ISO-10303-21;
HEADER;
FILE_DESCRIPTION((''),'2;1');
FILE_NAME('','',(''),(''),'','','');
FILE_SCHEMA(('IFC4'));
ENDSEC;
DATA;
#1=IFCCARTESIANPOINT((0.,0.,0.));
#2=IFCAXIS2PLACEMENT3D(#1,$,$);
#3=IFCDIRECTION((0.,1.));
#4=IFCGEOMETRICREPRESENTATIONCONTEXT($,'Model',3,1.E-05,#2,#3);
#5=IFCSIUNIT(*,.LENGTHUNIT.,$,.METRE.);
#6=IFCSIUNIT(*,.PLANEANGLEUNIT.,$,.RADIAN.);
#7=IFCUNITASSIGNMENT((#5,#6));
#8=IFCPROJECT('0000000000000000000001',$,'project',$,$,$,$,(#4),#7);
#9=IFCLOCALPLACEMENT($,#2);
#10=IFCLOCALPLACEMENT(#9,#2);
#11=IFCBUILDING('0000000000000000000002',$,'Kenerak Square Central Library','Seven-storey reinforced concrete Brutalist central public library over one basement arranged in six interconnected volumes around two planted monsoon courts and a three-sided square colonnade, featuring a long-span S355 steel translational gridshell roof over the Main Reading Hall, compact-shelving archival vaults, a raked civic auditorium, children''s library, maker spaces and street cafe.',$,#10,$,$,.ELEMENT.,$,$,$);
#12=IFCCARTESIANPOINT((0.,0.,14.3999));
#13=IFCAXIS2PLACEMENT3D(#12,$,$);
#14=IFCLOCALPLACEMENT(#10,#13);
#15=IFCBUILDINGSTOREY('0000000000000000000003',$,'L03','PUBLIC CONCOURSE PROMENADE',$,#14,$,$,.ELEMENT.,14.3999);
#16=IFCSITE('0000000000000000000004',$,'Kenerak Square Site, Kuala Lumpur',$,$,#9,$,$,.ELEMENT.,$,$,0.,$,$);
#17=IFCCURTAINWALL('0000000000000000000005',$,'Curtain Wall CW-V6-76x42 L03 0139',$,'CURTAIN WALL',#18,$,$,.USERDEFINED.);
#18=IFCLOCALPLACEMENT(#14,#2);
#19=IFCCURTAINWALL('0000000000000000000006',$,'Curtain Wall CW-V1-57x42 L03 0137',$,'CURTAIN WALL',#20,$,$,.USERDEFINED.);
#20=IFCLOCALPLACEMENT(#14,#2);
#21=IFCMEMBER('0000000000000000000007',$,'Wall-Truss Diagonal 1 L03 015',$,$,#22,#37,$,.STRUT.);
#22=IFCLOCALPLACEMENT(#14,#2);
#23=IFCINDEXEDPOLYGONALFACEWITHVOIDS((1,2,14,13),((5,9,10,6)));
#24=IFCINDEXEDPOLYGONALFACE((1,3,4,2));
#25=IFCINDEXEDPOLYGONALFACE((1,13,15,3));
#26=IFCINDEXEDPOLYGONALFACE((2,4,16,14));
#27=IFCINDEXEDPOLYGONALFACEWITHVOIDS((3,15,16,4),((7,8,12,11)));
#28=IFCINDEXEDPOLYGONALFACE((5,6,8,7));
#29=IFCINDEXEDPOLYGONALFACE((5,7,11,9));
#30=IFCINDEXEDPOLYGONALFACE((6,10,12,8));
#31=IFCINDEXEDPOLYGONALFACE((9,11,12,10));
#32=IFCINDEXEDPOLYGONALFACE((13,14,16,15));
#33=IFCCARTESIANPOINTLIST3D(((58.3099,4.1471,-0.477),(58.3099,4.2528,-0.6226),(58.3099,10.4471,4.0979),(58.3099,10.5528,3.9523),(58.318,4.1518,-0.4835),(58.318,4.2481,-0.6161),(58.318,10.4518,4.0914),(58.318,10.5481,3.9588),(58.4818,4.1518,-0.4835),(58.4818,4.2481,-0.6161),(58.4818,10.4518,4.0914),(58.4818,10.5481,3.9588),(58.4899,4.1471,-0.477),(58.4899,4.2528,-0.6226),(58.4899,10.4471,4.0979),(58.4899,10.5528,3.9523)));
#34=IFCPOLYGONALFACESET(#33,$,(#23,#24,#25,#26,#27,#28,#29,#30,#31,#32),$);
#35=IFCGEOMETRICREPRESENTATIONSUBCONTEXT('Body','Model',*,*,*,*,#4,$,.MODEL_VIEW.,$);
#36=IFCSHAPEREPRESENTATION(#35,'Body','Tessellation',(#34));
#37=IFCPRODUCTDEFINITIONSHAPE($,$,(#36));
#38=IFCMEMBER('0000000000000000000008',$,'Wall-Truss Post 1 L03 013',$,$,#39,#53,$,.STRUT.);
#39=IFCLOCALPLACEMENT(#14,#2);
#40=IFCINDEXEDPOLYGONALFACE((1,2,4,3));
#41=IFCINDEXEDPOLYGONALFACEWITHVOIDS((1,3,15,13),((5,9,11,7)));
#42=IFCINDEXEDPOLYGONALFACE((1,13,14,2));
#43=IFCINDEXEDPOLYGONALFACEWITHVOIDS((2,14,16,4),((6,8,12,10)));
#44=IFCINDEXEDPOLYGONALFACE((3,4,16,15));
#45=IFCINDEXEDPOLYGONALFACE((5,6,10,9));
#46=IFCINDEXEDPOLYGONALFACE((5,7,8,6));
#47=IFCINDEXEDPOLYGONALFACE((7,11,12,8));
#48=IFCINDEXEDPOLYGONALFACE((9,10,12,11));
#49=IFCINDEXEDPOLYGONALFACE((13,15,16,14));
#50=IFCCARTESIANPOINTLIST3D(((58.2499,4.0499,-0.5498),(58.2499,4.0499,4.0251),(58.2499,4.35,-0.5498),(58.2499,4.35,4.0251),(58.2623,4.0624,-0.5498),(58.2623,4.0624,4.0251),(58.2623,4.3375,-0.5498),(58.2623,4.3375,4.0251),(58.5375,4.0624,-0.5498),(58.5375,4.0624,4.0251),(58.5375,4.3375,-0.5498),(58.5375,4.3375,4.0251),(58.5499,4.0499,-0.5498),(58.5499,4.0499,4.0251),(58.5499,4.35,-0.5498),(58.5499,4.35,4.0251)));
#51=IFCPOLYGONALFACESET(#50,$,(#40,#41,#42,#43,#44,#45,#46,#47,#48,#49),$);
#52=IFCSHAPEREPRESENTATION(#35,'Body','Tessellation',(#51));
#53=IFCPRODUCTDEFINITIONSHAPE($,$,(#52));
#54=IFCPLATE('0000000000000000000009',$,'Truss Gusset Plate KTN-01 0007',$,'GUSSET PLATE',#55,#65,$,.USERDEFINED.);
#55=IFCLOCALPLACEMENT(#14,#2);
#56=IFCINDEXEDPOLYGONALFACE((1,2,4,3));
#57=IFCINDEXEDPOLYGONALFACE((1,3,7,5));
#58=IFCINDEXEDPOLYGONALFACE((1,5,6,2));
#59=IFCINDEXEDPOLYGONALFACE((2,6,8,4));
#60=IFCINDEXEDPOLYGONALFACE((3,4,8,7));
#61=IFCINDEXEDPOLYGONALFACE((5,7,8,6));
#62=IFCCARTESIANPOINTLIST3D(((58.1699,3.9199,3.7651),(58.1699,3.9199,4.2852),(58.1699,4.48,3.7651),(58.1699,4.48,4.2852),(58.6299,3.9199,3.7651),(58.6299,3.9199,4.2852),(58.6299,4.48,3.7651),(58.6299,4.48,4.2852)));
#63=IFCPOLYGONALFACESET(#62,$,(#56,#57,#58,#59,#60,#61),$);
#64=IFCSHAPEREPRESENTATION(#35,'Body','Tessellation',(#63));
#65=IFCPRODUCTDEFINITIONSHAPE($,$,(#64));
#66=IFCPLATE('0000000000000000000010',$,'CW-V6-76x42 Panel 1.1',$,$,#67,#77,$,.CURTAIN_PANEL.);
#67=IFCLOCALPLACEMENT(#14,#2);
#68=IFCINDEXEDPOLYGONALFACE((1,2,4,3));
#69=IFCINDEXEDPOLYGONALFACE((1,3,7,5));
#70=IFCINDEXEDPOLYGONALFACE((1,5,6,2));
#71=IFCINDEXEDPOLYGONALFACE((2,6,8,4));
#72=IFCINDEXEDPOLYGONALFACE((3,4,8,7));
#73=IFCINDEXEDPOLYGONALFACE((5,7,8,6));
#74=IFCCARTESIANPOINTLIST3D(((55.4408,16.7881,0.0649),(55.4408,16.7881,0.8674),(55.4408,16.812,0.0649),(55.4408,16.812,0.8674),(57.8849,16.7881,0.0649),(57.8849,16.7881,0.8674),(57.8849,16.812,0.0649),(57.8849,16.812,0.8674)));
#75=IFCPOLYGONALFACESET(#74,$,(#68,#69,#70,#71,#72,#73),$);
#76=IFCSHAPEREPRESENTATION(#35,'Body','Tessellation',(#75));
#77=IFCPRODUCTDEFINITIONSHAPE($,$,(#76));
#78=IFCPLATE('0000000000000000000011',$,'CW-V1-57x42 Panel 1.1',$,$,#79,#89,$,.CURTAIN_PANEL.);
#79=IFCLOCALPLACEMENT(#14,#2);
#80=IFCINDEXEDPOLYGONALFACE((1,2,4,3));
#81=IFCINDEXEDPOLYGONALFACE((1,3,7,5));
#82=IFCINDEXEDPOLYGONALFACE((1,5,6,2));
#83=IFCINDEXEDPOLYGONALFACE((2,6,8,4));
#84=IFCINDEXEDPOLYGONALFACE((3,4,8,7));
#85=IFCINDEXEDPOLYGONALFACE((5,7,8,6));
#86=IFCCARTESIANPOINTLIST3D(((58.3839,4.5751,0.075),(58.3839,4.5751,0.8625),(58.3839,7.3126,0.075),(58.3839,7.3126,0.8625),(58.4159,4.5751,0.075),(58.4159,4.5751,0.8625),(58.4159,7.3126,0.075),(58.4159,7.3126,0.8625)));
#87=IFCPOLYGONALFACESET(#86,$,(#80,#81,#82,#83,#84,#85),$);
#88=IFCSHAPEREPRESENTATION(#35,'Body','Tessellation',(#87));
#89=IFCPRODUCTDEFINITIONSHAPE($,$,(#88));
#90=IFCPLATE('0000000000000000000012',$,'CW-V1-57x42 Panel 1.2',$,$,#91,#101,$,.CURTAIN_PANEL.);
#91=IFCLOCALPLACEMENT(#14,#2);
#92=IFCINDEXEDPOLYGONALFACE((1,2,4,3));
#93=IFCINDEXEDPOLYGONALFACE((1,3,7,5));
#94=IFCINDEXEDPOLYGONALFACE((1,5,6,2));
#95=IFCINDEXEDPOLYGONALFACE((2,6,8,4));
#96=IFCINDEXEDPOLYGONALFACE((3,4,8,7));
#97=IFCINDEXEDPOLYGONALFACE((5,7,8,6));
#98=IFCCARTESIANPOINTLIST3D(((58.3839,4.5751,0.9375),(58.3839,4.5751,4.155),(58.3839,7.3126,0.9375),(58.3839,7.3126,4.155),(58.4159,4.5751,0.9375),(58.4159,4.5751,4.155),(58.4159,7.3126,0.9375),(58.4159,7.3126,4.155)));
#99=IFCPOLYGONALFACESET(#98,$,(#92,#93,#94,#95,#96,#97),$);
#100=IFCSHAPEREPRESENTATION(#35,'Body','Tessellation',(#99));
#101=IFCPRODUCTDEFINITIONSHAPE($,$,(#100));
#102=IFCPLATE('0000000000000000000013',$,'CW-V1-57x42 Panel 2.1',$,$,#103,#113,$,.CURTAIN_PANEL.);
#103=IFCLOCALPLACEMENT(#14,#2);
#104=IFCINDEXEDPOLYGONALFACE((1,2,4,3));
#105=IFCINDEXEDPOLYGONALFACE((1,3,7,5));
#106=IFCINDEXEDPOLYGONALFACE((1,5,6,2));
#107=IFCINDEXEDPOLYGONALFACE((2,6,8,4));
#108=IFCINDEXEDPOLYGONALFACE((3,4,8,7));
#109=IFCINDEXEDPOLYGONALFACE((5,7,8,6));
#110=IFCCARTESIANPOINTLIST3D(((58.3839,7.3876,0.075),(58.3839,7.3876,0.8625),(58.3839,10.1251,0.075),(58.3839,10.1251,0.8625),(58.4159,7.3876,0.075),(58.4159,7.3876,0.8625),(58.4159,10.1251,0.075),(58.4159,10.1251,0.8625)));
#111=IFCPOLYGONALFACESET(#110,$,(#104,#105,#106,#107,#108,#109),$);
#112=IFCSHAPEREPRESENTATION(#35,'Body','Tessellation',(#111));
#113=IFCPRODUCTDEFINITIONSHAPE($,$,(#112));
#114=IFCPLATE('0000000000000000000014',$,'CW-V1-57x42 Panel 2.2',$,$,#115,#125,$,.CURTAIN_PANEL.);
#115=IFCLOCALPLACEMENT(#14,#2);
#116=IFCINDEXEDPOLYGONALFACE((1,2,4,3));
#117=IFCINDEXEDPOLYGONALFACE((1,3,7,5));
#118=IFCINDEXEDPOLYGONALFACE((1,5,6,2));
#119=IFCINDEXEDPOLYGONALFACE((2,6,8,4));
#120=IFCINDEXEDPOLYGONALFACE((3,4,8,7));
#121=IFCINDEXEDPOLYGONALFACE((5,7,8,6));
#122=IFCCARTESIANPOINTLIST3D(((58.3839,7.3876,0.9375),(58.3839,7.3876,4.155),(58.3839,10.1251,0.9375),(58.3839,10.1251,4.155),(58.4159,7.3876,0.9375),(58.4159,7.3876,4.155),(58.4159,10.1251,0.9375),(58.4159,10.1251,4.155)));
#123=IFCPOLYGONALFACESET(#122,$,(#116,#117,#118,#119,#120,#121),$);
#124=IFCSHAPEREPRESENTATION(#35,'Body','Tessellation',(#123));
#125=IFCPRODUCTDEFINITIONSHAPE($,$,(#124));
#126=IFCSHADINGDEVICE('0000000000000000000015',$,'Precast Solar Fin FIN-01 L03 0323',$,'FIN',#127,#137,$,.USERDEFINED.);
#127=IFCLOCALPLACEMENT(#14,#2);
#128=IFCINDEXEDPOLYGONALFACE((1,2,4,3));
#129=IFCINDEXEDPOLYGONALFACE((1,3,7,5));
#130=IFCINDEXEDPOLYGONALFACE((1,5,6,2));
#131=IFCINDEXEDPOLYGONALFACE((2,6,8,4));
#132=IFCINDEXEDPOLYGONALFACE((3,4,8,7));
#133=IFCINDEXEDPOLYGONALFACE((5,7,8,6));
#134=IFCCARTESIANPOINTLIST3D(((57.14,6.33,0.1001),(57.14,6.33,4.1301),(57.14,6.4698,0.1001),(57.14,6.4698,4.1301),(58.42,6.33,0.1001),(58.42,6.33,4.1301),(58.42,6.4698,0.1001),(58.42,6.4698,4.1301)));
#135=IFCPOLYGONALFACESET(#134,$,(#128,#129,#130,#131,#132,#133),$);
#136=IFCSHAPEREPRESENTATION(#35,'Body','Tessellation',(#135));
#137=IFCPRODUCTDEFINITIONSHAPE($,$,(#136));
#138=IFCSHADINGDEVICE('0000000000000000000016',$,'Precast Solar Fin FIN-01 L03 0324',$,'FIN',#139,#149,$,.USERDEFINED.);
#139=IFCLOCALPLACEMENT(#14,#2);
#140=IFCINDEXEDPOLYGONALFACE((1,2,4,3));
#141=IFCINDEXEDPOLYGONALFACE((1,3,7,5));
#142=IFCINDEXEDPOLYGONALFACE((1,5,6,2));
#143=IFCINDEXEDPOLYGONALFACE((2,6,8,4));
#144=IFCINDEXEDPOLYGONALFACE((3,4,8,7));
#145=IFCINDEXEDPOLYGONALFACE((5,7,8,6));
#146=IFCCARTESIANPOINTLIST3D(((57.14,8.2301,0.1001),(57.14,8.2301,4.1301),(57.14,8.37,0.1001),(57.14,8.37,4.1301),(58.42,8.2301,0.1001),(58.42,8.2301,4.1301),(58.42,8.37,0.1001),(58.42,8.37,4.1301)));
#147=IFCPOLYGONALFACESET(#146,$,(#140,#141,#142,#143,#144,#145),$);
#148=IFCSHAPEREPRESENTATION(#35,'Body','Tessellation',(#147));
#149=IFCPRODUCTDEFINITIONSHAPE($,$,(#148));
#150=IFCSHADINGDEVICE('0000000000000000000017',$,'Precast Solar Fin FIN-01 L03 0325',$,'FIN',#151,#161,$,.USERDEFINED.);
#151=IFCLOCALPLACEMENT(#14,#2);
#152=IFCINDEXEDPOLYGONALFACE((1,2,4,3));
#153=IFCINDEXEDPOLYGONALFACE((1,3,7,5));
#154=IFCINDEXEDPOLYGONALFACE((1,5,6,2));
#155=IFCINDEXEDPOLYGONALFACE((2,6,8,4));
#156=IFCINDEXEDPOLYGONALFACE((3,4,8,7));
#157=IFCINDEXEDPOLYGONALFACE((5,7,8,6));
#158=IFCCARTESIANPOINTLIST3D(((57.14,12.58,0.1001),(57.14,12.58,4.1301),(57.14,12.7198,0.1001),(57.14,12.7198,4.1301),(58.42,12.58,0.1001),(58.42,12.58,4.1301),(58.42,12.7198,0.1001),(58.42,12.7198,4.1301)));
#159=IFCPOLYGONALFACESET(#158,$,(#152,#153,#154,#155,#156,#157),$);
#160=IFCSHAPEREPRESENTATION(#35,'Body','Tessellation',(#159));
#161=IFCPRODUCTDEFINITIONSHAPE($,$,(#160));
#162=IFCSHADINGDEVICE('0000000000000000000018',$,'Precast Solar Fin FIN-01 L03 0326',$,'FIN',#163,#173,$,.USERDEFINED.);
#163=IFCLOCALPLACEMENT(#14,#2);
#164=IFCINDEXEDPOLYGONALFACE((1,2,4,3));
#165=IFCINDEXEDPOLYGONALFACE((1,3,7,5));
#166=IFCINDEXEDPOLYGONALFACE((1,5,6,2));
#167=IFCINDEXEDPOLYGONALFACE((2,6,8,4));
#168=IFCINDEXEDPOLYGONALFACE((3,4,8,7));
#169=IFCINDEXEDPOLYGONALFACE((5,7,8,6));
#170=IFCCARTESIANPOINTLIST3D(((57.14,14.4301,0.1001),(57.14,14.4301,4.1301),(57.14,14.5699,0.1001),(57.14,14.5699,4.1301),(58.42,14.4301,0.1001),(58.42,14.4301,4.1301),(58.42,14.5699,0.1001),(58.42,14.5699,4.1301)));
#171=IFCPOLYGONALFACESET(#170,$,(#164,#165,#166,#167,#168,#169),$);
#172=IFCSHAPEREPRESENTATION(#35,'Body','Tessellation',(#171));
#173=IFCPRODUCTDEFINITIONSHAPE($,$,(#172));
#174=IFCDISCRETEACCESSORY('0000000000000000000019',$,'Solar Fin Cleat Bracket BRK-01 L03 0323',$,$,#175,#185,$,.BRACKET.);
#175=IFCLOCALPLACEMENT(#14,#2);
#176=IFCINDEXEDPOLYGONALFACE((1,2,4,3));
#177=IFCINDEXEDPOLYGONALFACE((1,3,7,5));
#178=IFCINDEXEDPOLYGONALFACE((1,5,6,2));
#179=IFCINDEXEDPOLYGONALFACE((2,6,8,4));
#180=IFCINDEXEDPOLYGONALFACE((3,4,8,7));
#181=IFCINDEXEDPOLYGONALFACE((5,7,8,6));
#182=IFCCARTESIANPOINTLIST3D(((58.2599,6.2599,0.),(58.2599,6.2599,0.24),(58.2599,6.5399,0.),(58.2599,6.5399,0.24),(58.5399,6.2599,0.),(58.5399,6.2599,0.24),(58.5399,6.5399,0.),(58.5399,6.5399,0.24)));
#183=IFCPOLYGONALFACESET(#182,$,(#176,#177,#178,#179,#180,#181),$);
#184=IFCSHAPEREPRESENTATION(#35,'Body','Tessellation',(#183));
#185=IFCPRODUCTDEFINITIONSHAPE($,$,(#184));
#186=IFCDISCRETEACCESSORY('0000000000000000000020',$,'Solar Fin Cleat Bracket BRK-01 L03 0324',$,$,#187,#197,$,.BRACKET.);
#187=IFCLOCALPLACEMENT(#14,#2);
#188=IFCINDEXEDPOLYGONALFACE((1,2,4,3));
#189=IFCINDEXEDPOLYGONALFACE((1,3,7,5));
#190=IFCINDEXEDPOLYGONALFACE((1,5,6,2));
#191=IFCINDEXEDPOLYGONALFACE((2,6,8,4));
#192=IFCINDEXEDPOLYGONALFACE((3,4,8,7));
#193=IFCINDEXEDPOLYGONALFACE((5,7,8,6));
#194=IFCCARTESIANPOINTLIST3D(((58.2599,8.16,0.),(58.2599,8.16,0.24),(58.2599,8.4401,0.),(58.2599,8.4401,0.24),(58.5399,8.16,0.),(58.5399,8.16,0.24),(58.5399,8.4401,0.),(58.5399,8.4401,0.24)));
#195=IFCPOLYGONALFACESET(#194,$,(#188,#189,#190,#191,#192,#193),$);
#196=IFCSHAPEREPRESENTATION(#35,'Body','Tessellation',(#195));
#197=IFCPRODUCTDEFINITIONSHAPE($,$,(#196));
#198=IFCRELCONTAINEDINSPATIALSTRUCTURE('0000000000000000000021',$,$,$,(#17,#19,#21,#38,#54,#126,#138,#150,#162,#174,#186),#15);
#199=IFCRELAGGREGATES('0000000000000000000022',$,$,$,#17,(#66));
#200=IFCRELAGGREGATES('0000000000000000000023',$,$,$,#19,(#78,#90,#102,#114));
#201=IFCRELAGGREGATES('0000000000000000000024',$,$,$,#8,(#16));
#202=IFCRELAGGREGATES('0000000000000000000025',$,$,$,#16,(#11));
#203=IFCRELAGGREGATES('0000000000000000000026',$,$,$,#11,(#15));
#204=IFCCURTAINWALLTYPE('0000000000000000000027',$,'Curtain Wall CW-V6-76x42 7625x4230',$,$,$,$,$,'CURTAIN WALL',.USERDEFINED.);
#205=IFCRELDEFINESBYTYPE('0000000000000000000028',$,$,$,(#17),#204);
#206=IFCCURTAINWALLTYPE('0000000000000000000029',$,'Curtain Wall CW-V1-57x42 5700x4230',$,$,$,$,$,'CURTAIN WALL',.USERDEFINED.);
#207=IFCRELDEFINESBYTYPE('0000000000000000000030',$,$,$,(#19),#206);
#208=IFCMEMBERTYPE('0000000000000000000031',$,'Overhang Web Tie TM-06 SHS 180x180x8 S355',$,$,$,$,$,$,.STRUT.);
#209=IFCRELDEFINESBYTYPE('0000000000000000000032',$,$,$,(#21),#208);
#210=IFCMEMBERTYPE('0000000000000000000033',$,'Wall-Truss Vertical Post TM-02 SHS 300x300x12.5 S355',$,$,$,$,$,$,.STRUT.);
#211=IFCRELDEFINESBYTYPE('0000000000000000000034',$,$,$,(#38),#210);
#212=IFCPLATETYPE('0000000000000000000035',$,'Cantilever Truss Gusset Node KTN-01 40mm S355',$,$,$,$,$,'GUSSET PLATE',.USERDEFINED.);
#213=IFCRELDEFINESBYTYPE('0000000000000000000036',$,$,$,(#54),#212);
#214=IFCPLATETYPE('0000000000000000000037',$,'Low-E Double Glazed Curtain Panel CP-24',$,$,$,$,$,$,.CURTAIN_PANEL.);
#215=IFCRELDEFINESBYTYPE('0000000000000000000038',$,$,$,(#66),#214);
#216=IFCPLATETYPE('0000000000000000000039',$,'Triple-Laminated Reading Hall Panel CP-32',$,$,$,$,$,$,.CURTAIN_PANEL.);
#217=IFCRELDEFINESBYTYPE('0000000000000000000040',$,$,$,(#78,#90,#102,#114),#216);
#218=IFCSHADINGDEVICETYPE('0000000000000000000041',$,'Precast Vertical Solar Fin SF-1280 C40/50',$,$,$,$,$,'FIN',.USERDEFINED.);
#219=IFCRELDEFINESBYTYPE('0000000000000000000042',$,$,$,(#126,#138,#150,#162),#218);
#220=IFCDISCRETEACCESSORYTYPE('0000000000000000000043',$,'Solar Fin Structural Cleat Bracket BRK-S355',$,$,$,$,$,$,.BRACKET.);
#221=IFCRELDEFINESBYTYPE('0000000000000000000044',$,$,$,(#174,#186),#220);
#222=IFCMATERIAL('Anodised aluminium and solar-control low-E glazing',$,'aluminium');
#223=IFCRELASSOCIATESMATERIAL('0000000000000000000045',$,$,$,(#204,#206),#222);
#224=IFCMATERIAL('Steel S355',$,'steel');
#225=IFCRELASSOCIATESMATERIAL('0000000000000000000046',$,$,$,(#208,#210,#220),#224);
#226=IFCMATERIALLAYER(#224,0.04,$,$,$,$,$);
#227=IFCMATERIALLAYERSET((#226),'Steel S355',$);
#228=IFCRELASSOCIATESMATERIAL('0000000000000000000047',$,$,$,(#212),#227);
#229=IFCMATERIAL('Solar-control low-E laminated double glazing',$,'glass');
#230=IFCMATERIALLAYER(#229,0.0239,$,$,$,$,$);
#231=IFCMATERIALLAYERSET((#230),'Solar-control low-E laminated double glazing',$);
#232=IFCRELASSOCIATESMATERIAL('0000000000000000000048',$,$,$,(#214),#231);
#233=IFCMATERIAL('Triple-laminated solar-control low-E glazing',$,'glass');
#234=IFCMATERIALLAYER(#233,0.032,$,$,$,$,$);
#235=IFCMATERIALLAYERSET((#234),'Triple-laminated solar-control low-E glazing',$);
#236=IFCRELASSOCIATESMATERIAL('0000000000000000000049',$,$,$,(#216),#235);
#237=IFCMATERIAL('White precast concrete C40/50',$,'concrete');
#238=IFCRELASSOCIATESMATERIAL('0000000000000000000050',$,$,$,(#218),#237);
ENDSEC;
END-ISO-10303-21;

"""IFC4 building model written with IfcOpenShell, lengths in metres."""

from ifc_helpers import new_model, si_unit, direction, frame, origin, origin_2d, place, context, subcontext, project, spatial, rectangle, hollow_rectangle, extrude, material, layer, layer_set, material_profile, profile_set, type_object, element, aggregate, save


model = new_model("IFC4")

# Units and contexts
model_context = context("Model", 3, precision=1e-05, world=origin(), true_north=direction((0.0, 1.0)))
body_context = subcontext(model_context, "Body", "Model", "MODEL_VIEW")
ifc_project = project(units=[si_unit("LENGTHUNIT", "METRE"), si_unit("PLANEANGLEUNIT", "RADIAN")], contexts=[model_context])

# Site, building, storey
site_placement = place(None, origin())
site = spatial("IfcSite", under=ifc_project, at=site_placement, Name="Kenerak Square Site, Kuala Lumpur", CompositionType="ELEMENT", RefElevation=0.0)
building_placement = place(site_placement, origin())
building = spatial("IfcBuilding", under=site, at=building_placement, Name="Kenerak Square Central Library", Description="Seven-storey reinforced concrete Brutalist central public library over one basement arranged in six interconnected volumes around two planted monsoon courts and a three-sided square colonnade, featuring a long-span S355 steel translational gridshell roof over the Main Reading Hall, compact-shelving archival vaults, a raked civic auditorium, children's library, maker spaces and street cafe.", CompositionType="ELEMENT")
storey_placement = place(building_placement, frame((0.0, 0.0, 14.3999)))
storey = spatial("IfcBuildingStorey", under=building, at=storey_placement, Name="L03", Description="PUBLIC CONCOURSE PROMENADE", CompositionType="ELEMENT", Elevation=14.3999)

# Shared definitions
ifc_material_1 = material(Name="Steel S355", Category="steel")

# Curtain wall
ifc_material_2 = material(Name="Anodised aluminium and solar-control low-E glazing", Category="aluminium")
curtain_wall_type_1 = type_object("IfcCurtainWallType", Name="Curtain Wall CW-V6-76x42 7625x4230", ElementType="CURTAIN WALL", PredefinedType="USERDEFINED", material=ifc_material_2)
curtain_wall_1_placement = place(storey_placement, origin())
curtain_wall_1 = element("IfcCurtainWall", 1, at=curtain_wall_1_placement, inside=storey, type_object=curtain_wall_type_1, Name="Curtain Wall CW-V6-76x42 L03 0139", ObjectType="CURTAIN WALL", PredefinedType="USERDEFINED")

# Curtain wall
curtain_wall_type_2 = type_object("IfcCurtainWallType", Name="Curtain Wall CW-V1-57x42 5700x4230", ElementType="CURTAIN WALL", PredefinedType="USERDEFINED", material=ifc_material_2)
curtain_wall_2_placement = place(storey_placement, origin())
curtain_wall_2 = element("IfcCurtainWall", 2, at=curtain_wall_2_placement, inside=storey, type_object=curtain_wall_type_2, Name="Curtain Wall CW-V1-57x42 L03 0137", ObjectType="CURTAIN WALL", PredefinedType="USERDEFINED")

# Members
ifc_material_profile_1 = material_profile(ifc_material_1, hollow_rectangle(XDim=0.1799, YDim=0.1799, WallThickness=0.0081, at=origin_2d()), Name="SHS 180x180x8.0")
ifc_profile_set_1 = profile_set([ifc_material_profile_1], Name="Steel S355")
member_type_1 = type_object("IfcMemberType", Name="Overhang Web Tie TM-06 SHS 180x180x8 S355", PredefinedType="STRUT", material=ifc_profile_set_1)
member_1_placement = place(storey_placement, frame((58.3999, 4.2, -0.5498), z_axis=(0.0, 0.809158, 0.587592), x_axis=(-1.0, 0.0, 0.0)))
element("IfcMember", 3, at=member_1_placement, inside=storey, type_object=member_type_1, Name="Wall-Truss Diagonal 1 L03 015", PredefinedType="STRUT", context=body_context, shape_type="SweptSolid", body=[
    extrude(hollow_rectangle(XDim=0.1799, YDim=0.1799, WallThickness=0.0081, at=origin_2d()), origin(), (0.0, 0.0, 1.0), 7.7859),
])
ifc_material_profile_2 = material_profile(ifc_material_1, hollow_rectangle(XDim=0.3, YDim=0.3, WallThickness=0.0125, at=origin_2d()), Name="SHS 300x300x12.5")
ifc_profile_set_2 = profile_set([ifc_material_profile_2], Name="Steel S355")
member_type_2 = type_object("IfcMemberType", Name="Wall-Truss Vertical Post TM-02 SHS 300x300x12.5 S355", PredefinedType="STRUT", material=ifc_profile_set_2)
member_2_placement = place(storey_placement, frame((58.3999, 4.2, -0.5498), z_axis=(0.0, 0.0, 1.0), x_axis=(1.0, 0.0, 0.0)))
element("IfcMember", 4, at=member_2_placement, inside=storey, type_object=member_type_2, Name="Wall-Truss Post 1 L03 013", PredefinedType="STRUT", context=body_context, shape_type="SweptSolid", body=[
    extrude(hollow_rectangle(XDim=0.3, YDim=0.3, WallThickness=0.0125, at=origin_2d()), origin(), (0.0, 0.0, 1.0), 4.575),
])

# Plates
ifc_layer_1 = layer(ifc_material_1, 0.04)
ifc_layer_set_1 = layer_set([ifc_layer_1], Name="Steel S355")
plate_type_1 = type_object("IfcPlateType", Name="Cantilever Truss Gusset Node KTN-01 40mm S355", ElementType="GUSSET PLATE", PredefinedType="USERDEFINED", material=ifc_layer_set_1)
plate_1_placement = place(storey_placement, frame((58.3999, 4.2, 3.7651), z_axis=(0.0, 0.0, 1.0), x_axis=(1.0, 0.0, 0.0)))
element("IfcPlate", 5, at=plate_1_placement, inside=storey, type_object=plate_type_1, Name="Truss Gusset Plate KTN-01 0007", ObjectType="GUSSET PLATE", PredefinedType="USERDEFINED", context=body_context, shape_type="SweptSolid", body=[
    extrude(rectangle(XDim=0.46, YDim=0.5601, at=origin_2d()), origin(), (0.0, 0.0, 1.0), 0.52),
])
ifc_material_3 = material(Name="Solar-control low-E laminated double glazing", Category="glass")
ifc_layer_2 = layer(ifc_material_3, 0.0239)
ifc_layer_set_2 = layer_set([ifc_layer_2], Name="Solar-control low-E laminated double glazing")
plate_type_2 = type_object("IfcPlateType", Name="Low-E Double Glazed Curtain Panel CP-24", PredefinedType="CURTAIN_PANEL", material=ifc_layer_set_2)
plate_2_placement = place(storey_placement, frame((56.6628, 16.8, 0.0649), z_axis=(0.0, 0.0, 1.0), x_axis=(-1.0, 0.0, 0.0)))
plate_2 = element("IfcPlate", 6, at=plate_2_placement, type_object=plate_type_2, Name="CW-V6-76x42 Panel 1.1", PredefinedType="CURTAIN_PANEL", context=body_context, shape_type="SweptSolid", body=[
    extrude(rectangle(XDim=2.4441, YDim=0.0239, at=origin_2d()), origin(), (0.0, 0.0, 1.0), 0.8025),
])
aggregate(curtain_wall_1, [plate_2])
ifc_material_4 = material(Name="Triple-laminated solar-control low-E glazing", Category="glass")
ifc_layer_3 = layer(ifc_material_4, 0.032)
ifc_layer_set_3 = layer_set([ifc_layer_3], Name="Triple-laminated solar-control low-E glazing")
plate_type_3 = type_object("IfcPlateType", Name="Triple-Laminated Reading Hall Panel CP-32", PredefinedType="CURTAIN_PANEL", material=ifc_layer_set_3)
plate_3_placement = place(storey_placement, frame((58.3999, 5.9438, 0.075), z_axis=(0.0, 0.0, 1.0), x_axis=(0.0, 1.0, 0.0)))
plate_3 = element("IfcPlate", 7, at=plate_3_placement, type_object=plate_type_3, Name="CW-V1-57x42 Panel 1.1", PredefinedType="CURTAIN_PANEL", context=body_context, shape_type="SweptSolid", body=[
    extrude(rectangle(XDim=2.7375, YDim=0.032, at=origin_2d()), origin(), (0.0, 0.0, 1.0), 0.7876),
])
plate_4_placement = place(storey_placement, frame((58.3999, 5.9438, 0.9375), z_axis=(0.0, 0.0, 1.0), x_axis=(0.0, 1.0, 0.0)))
plate_4 = element("IfcPlate", 8, at=plate_4_placement, type_object=plate_type_3, Name="CW-V1-57x42 Panel 1.2", PredefinedType="CURTAIN_PANEL", context=body_context, shape_type="SweptSolid", body=[
    extrude(rectangle(XDim=2.7375, YDim=0.032, at=origin_2d()), origin(), (0.0, 0.0, 1.0), 3.2175),
])
plate_5_placement = place(storey_placement, frame((58.3999, 8.7563, 0.075), z_axis=(0.0, 0.0, 1.0), x_axis=(0.0, 1.0, 0.0)))
plate_5 = element("IfcPlate", 9, at=plate_5_placement, type_object=plate_type_3, Name="CW-V1-57x42 Panel 2.1", PredefinedType="CURTAIN_PANEL", context=body_context, shape_type="SweptSolid", body=[
    extrude(rectangle(XDim=2.7375, YDim=0.032, at=origin_2d()), origin(), (0.0, 0.0, 1.0), 0.7876),
])
plate_6_placement = place(storey_placement, frame((58.3999, 8.7563, 0.9375), z_axis=(0.0, 0.0, 1.0), x_axis=(0.0, 1.0, 0.0)))
plate_6 = element("IfcPlate", 10, at=plate_6_placement, type_object=plate_type_3, Name="CW-V1-57x42 Panel 2.2", PredefinedType="CURTAIN_PANEL", context=body_context, shape_type="SweptSolid", body=[
    extrude(rectangle(XDim=2.7375, YDim=0.032, at=origin_2d()), origin(), (0.0, 0.0, 1.0), 3.2175),
])
aggregate(curtain_wall_2, [plate_3, plate_4, plate_5, plate_6])

# Shading devices
ifc_material_5 = material(Name="White precast concrete C40/50", Category="concrete")
shading_device_type = type_object("IfcShadingDeviceType", Name="Precast Vertical Solar Fin SF-1280 C40/50", ElementType="FIN", PredefinedType="USERDEFINED", material=ifc_material_5)
for number, where, z_axis, x_axis, name in (
    (11, (57.78, 6.3999, 0.1001), (0.0, 0.0, 1.0), (0.0, 1.0, 0.0), "Precast Solar Fin FIN-01 L03 0323"),
    (12, (57.78, 8.3, 0.1001), (0.0, 0.0, 1.0), (0.0, 1.0, 0.0), "Precast Solar Fin FIN-01 L03 0324"),
    (13, (57.78, 12.6499, 0.1001), (0.0, 0.0, 1.0), (0.0, 1.0, 0.0), "Precast Solar Fin FIN-01 L03 0325"),
    (14, (57.78, 14.5, 0.1001), (0.0, 0.0, 1.0), (0.0, 1.0, 0.0), "Precast Solar Fin FIN-01 L03 0326"),
):
    element("IfcShadingDevice", number, at=place(storey_placement, frame(where, z_axis=z_axis, x_axis=x_axis)), inside=storey, type_object=shading_device_type, Name=name, ObjectType="FIN", PredefinedType="USERDEFINED", context=body_context, shape_type="SweptSolid", body=[
        extrude(rectangle(XDim=0.1399, YDim=1.28, at=origin_2d()), origin(), (0.0, 0.0, 1.0), 4.03),
    ])

# Discrete accessories
discrete_accessory_type = type_object("IfcDiscreteAccessoryType", Name="Solar Fin Structural Cleat Bracket BRK-S355", PredefinedType="BRACKET", material=ifc_material_1)
for number, where, z_axis, x_axis, name in (
    (15, (58.3999, 6.3999, 0.0), (0.0, 0.0, 1.0), (0.0, 1.0, 0.0), "Solar Fin Cleat Bracket BRK-01 L03 0323"),
    (16, (58.3999, 8.3, 0.0), (0.0, 0.0, 1.0), (0.0, 1.0, 0.0), "Solar Fin Cleat Bracket BRK-01 L03 0324"),
):
    element("IfcDiscreteAccessory", number, at=place(storey_placement, frame(where, z_axis=z_axis, x_axis=x_axis)), inside=storey, type_object=discrete_accessory_type, Name=name, PredefinedType="BRACKET", context=body_context, shape_type="SweptSolid", body=[
        extrude(rectangle(XDim=0.28, YDim=0.28, at=origin_2d()), origin(), (0.0, 0.0, 1.0), 0.24),
    ])

save(model, "model.ifc")
